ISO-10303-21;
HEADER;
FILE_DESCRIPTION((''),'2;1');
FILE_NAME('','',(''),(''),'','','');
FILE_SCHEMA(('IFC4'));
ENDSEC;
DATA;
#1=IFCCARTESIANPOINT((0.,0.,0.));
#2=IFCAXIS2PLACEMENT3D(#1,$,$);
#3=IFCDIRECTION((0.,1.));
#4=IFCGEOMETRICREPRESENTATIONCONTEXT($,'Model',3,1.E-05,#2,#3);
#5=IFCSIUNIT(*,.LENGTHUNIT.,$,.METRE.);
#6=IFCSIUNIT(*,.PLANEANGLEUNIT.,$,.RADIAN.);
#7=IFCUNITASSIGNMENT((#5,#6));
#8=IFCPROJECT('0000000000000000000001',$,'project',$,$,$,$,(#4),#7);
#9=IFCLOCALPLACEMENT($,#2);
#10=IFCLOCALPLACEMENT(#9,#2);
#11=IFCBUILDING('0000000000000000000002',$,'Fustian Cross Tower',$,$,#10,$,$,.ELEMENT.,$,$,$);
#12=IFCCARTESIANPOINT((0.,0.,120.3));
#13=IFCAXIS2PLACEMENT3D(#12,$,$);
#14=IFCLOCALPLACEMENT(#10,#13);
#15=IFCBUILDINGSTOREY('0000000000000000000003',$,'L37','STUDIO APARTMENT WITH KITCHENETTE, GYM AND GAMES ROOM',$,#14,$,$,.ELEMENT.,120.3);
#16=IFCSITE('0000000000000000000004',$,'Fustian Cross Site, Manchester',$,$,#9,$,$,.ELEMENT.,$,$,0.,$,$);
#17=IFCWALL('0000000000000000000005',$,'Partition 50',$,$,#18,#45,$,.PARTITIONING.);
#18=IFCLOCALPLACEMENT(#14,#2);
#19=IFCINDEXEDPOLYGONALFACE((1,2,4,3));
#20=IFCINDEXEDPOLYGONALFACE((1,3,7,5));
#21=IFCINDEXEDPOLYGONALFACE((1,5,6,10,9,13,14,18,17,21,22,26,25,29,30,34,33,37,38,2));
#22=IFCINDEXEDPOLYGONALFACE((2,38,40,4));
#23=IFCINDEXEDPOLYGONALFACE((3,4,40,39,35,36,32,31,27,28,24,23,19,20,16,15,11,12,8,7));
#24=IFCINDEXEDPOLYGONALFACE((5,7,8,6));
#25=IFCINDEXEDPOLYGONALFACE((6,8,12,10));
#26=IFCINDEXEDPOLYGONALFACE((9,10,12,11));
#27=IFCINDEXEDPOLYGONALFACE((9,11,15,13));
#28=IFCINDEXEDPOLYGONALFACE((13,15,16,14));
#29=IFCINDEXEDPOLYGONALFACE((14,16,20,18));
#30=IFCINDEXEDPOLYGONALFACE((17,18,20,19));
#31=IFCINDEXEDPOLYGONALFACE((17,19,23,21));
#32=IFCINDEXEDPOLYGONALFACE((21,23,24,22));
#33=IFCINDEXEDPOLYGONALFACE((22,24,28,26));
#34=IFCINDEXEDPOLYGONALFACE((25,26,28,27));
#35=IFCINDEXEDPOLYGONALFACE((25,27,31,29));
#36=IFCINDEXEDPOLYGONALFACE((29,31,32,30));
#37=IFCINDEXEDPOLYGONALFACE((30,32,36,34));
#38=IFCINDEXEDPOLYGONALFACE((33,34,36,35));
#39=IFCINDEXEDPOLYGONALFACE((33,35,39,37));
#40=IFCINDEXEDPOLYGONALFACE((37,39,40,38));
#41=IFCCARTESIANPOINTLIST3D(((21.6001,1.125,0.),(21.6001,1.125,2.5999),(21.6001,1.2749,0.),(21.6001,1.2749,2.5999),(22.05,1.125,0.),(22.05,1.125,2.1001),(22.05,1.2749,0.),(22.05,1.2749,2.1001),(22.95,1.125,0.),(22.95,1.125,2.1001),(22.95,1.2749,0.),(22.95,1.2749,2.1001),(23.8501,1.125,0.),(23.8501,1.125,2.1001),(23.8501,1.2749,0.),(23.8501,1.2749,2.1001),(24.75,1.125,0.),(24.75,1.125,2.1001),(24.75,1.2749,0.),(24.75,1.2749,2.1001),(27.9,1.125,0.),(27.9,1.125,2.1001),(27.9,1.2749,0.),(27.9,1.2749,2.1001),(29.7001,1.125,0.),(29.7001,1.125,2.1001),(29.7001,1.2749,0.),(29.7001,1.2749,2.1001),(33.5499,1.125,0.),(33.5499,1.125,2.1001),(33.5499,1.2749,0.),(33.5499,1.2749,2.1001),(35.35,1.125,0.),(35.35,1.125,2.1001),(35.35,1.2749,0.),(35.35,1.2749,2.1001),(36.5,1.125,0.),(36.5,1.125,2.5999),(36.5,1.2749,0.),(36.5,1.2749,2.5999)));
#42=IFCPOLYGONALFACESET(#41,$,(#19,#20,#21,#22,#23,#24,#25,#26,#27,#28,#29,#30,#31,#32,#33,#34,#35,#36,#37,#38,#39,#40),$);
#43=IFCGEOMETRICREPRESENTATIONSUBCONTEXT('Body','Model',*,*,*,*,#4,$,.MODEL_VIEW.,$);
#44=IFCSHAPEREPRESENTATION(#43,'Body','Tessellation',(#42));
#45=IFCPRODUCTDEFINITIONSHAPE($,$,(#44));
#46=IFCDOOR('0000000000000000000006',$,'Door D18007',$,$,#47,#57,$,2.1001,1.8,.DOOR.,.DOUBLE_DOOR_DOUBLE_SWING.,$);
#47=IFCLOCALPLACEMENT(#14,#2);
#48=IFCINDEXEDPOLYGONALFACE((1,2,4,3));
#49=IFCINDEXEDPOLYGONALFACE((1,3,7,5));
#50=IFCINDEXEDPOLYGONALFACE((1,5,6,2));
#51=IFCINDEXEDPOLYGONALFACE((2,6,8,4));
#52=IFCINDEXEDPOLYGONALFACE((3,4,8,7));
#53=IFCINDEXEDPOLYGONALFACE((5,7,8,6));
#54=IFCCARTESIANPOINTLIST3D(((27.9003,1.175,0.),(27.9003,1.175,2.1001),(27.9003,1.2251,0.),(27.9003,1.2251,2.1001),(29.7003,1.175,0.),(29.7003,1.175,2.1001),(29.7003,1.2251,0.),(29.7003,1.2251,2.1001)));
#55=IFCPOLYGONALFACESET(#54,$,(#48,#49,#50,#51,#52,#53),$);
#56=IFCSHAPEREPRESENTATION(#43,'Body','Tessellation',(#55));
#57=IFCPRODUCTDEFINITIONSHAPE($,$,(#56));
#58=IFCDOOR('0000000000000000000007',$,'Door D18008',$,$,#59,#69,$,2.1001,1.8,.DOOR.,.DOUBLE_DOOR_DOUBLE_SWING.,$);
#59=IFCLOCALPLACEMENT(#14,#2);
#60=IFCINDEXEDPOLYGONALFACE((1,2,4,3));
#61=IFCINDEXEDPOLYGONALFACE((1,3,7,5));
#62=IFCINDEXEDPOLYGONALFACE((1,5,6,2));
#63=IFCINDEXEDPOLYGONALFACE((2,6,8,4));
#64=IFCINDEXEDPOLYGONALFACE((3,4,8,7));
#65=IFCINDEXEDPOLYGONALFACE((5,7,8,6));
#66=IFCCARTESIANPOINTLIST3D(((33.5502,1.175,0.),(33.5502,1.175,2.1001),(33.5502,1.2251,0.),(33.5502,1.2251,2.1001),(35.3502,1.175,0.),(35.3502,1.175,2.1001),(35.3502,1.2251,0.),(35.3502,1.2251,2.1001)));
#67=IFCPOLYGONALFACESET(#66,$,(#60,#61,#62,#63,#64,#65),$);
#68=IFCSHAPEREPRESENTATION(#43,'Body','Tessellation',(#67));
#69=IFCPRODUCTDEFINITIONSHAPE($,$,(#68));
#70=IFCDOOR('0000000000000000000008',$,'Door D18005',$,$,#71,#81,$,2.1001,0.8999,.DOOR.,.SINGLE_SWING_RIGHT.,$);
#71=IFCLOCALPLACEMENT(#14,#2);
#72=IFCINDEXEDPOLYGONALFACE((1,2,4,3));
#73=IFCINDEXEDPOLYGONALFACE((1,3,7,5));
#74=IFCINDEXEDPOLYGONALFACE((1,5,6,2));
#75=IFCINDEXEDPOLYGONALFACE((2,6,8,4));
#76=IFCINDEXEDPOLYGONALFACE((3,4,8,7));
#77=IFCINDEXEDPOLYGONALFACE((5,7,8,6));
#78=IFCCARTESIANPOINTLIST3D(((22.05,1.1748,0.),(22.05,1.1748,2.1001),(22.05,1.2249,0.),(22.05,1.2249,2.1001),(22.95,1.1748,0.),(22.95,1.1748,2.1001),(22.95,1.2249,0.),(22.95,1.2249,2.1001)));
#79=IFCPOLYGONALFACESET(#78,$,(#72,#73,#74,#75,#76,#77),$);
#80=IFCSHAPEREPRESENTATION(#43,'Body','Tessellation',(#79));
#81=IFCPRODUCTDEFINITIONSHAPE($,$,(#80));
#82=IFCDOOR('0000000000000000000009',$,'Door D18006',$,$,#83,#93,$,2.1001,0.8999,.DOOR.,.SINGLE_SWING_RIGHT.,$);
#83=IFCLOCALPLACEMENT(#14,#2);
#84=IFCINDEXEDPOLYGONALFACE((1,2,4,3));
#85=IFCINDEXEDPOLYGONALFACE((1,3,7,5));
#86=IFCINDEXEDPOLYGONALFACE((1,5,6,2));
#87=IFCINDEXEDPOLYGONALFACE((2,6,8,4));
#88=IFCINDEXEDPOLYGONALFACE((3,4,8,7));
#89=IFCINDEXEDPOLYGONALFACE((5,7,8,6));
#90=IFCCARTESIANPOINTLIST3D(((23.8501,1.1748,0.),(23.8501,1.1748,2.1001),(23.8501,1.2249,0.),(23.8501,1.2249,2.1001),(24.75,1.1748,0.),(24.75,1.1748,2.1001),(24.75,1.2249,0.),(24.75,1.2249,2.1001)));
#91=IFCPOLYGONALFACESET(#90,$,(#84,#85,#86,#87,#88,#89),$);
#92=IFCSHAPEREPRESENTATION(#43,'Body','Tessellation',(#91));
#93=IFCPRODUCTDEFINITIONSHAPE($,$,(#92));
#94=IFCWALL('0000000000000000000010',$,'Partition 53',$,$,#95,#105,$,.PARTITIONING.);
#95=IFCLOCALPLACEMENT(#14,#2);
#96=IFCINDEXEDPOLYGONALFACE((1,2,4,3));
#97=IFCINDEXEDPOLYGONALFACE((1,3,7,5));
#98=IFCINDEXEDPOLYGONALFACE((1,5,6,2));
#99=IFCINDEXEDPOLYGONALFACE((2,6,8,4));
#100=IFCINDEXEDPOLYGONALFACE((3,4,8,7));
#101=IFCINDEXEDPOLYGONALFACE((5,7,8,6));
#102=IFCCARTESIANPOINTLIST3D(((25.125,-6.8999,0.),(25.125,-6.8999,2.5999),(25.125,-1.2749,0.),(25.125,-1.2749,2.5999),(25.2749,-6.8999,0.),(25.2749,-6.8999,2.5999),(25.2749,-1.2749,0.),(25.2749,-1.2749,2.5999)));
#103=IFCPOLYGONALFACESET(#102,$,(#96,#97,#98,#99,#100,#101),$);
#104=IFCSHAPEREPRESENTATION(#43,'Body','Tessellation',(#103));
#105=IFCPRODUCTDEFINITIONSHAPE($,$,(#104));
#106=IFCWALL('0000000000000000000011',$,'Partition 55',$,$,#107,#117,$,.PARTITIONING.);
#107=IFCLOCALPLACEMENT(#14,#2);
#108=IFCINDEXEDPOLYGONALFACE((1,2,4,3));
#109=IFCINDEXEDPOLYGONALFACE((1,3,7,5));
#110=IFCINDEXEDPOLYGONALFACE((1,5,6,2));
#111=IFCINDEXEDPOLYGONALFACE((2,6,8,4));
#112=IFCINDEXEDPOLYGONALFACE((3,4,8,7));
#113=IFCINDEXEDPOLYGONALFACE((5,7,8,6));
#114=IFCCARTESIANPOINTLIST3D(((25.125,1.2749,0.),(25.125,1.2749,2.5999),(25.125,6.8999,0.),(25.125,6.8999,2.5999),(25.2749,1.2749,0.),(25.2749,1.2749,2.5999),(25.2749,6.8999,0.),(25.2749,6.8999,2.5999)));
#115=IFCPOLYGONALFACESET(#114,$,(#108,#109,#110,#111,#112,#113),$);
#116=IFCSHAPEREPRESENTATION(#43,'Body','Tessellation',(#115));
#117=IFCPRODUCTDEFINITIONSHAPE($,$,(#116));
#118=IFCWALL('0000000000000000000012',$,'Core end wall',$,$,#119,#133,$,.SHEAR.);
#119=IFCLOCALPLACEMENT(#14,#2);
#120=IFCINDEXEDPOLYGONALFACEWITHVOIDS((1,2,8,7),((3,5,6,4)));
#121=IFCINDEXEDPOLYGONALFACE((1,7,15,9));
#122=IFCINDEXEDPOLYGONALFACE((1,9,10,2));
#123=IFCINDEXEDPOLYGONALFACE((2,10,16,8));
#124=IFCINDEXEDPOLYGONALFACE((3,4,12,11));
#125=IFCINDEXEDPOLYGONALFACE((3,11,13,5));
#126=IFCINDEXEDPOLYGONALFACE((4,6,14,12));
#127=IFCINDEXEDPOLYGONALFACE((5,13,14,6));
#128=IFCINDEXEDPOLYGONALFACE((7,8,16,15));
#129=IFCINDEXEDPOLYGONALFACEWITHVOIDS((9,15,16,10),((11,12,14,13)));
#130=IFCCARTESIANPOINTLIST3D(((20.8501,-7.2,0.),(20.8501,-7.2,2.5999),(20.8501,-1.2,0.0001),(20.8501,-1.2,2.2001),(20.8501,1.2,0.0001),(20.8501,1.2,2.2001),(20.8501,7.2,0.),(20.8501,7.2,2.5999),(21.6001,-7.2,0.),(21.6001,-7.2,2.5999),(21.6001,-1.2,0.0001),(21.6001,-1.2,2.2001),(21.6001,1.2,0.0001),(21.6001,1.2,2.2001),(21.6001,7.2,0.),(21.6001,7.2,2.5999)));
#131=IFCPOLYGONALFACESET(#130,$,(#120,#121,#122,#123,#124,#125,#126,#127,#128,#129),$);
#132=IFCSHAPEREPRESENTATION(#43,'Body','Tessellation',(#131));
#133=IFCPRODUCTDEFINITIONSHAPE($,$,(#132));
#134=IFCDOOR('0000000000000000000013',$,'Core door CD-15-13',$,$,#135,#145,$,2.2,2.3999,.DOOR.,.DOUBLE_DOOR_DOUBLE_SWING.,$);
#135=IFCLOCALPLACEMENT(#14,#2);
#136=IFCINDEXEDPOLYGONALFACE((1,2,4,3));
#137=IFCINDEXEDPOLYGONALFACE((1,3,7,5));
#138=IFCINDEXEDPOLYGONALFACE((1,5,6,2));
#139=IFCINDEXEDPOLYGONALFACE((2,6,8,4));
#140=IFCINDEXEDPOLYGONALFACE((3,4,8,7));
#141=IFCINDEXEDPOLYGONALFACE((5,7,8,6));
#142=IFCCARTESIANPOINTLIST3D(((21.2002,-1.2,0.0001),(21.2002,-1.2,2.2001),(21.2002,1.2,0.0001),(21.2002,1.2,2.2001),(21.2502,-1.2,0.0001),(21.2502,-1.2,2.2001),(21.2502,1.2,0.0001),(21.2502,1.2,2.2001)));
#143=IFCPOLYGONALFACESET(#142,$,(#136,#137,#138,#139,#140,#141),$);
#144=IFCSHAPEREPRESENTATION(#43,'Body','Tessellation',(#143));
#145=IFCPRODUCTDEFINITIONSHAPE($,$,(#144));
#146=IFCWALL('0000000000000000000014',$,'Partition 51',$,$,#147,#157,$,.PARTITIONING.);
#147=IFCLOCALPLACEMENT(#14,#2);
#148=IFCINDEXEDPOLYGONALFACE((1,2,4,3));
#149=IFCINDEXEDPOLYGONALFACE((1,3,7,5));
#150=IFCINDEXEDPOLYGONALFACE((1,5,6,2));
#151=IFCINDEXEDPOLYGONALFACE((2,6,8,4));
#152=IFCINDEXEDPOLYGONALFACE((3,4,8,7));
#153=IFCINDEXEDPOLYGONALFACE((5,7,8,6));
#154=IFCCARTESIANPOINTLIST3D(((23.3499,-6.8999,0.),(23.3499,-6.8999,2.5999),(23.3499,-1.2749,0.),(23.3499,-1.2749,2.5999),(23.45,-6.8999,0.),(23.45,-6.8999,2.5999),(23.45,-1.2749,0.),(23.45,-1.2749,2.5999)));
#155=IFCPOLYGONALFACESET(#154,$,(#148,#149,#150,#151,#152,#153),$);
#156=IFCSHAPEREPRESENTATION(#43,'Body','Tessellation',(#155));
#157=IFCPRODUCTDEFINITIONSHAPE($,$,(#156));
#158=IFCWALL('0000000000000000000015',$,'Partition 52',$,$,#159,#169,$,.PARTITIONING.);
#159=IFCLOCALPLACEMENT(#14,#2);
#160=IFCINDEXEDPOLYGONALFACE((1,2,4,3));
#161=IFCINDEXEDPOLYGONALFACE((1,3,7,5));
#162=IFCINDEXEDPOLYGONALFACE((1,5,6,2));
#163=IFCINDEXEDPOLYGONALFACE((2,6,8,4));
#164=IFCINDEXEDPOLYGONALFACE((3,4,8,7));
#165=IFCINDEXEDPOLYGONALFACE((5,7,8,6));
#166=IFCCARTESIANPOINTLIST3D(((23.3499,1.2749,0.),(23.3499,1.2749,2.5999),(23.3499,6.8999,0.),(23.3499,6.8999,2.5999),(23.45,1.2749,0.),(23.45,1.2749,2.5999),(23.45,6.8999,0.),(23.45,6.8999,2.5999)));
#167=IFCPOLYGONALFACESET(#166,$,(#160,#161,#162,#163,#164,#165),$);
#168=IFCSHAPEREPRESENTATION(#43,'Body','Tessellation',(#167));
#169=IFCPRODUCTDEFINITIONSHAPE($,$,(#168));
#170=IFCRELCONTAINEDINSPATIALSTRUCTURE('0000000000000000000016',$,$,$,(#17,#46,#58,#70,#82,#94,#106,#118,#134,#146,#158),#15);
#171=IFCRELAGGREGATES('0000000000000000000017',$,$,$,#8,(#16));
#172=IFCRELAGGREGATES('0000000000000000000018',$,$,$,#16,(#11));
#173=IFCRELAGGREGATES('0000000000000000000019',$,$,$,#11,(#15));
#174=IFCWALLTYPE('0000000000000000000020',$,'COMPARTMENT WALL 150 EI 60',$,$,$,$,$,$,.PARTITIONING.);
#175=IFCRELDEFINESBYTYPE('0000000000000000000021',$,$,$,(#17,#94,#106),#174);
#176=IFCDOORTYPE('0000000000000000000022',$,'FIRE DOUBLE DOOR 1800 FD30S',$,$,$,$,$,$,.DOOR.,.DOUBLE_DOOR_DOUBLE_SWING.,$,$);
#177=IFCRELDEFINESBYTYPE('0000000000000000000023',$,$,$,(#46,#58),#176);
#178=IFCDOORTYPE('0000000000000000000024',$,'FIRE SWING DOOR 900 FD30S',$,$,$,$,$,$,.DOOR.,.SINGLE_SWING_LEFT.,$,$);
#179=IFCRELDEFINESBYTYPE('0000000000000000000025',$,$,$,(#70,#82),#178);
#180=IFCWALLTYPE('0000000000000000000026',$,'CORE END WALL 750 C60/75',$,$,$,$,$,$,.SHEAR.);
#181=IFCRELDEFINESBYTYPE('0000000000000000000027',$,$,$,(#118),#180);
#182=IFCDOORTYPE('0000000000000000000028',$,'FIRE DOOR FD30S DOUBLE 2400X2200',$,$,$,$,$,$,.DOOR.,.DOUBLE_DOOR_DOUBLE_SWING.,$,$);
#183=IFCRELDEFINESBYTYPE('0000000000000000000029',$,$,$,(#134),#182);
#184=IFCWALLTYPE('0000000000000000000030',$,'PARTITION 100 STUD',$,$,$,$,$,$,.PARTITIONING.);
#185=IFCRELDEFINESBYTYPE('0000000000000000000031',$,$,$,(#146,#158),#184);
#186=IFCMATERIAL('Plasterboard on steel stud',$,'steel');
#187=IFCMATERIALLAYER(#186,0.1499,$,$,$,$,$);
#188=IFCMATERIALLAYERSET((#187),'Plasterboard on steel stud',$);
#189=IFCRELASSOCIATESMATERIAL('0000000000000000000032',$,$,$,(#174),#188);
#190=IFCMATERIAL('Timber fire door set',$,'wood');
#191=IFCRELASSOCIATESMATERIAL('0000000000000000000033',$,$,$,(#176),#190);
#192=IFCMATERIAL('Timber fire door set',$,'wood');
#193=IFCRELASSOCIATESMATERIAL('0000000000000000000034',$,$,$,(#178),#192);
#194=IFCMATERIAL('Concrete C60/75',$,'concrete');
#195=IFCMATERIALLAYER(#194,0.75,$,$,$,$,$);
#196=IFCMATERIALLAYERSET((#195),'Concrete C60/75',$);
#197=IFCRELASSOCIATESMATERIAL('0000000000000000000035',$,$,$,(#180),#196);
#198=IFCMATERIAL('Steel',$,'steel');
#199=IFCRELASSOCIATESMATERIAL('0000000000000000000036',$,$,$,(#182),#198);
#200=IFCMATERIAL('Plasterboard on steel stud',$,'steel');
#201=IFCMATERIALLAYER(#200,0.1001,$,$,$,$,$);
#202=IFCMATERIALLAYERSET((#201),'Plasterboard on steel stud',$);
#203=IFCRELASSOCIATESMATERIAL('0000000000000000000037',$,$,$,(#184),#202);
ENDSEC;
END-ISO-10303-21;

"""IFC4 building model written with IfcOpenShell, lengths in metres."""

from ifc_helpers import new_model, si_unit, direction, frame, frame_2d, origin, place, context, subcontext, project, spatial, rectangle, extrude, material, layer, layer_set, type_object, element, fill, save


model = new_model("IFC4")

# Units and contexts
model_context = context("Model", 3, precision=1e-05, world=origin(), true_north=direction((0.0, 1.0)))
body_context = subcontext(model_context, "Body", "Model", "MODEL_VIEW")
ifc_project = project(units=[si_unit("LENGTHUNIT", "METRE"), si_unit("PLANEANGLEUNIT", "RADIAN")], contexts=[model_context])

# Site, building, storey
site_placement = place(None, origin())
site = spatial("IfcSite", under=ifc_project, at=site_placement, Name="Fustian Cross Site, Manchester", CompositionType="ELEMENT", RefElevation=0.0)
building_placement = place(site_placement, origin())
building = spatial("IfcBuilding", under=site, at=building_placement, Name="Fustian Cross Tower", CompositionType="ELEMENT")
storey_placement = place(building_placement, frame((0.0, 0.0, 120.3)))
storey = spatial("IfcBuildingStorey", under=building, at=storey_placement, Name="L37", Description="STUDIO APARTMENT WITH KITCHENETTE, GYM AND GAMES ROOM", CompositionType="ELEMENT", Elevation=120.3)

# Wall, openings, doors
ifc_material_1 = material(Name="Plasterboard on steel stud", Category="steel")
ifc_layer_1 = layer(ifc_material_1, 0.1499)
ifc_layer_set_1 = layer_set([ifc_layer_1], Name="Plasterboard on steel stud")
wall_type_1 = type_object("IfcWallType", Name="COMPARTMENT WALL 150 EI 60", PredefinedType="PARTITIONING", material=ifc_layer_set_1)
ifc_material_2 = material(Name="Timber fire door set", Category="wood")
door_type_1 = type_object("IfcDoorType", Name="FIRE DOUBLE DOOR 1800 FD30S", OperationType="DOUBLE_DOOR_DOUBLE_SWING", PredefinedType="DOOR", material=ifc_material_2)
ifc_material_3 = material(Name="Timber fire door set", Category="wood")
door_type_2 = type_object("IfcDoorType", Name="FIRE SWING DOOR 900 FD30S", OperationType="SINGLE_SWING_LEFT", PredefinedType="DOOR", material=ifc_material_3)
wall_1_placement = place(storey_placement, frame((21.6001, 1.2, 0.0), z_axis=(0.0, 0.0, 1.0), x_axis=(1.0, 0.0, 0.0)))
wall_1 = element("IfcWall", 1, at=wall_1_placement, inside=storey, type_object=wall_type_1, Name="Partition 50", PredefinedType="PARTITIONING", context=body_context, shape_type="SweptSolid", body=[
    extrude(rectangle(XDim=14.8999, YDim=0.1499, at=frame_2d((7.45, 0.0))), origin(), (0.0, 0.0, 1.0), 2.5999),
])
opening_1_placement = place(wall_1_placement, frame((0.45, 0.0, 0.0)))
opening_1 = element("IfcOpeningElement", 2, at=opening_1_placement, cuts=wall_1, PredefinedType="OPENING", context=body_context, shape_type="SweptSolid", body=[
    extrude(rectangle(XDim=0.8999, YDim=2.1001, at=frame_2d((0.45, 1.05))), frame((0.0, 0.085, 0.0), z_axis=(0.0, -1.0, 0.0), x_axis=(1.0, 0.0, 0.0)), (0.0, 0.0, 1.0), 0.1699),
])
opening_2_placement = place(wall_1_placement, frame((2.25, 0.0, 0.0)))
opening_2 = element("IfcOpeningElement", 3, at=opening_2_placement, cuts=wall_1, PredefinedType="OPENING", context=body_context, shape_type="SweptSolid", body=[
    extrude(rectangle(XDim=0.8999, YDim=2.1001, at=frame_2d((0.45, 1.05))), frame((0.0, 0.085, 0.0), z_axis=(0.0, -1.0, 0.0), x_axis=(1.0, 0.0, 0.0)), (0.0, 0.0, 1.0), 0.1699),
])
opening_3_placement = place(wall_1_placement, frame((6.3, 0.0, 0.0)))
opening_3 = element("IfcOpeningElement", 4, at=opening_3_placement, cuts=wall_1, PredefinedType="OPENING", context=body_context, shape_type="SweptSolid", body=[
    extrude(rectangle(XDim=1.8, YDim=2.1001, at=frame_2d((0.8999, 1.05))), frame((0.0, 0.085, 0.0), z_axis=(0.0, -1.0, 0.0), x_axis=(1.0, 0.0, 0.0)), (0.0, 0.0, 1.0), 0.1699),
])
opening_4_placement = place(wall_1_placement, frame((11.95, 0.0, 0.0)))
opening_4 = element("IfcOpeningElement", 5, at=opening_4_placement, cuts=wall_1, PredefinedType="OPENING", context=body_context, shape_type="SweptSolid", body=[
    extrude(rectangle(XDim=1.8, YDim=2.1001, at=frame_2d((0.8999, 1.05))), frame((0.0, 0.085, 0.0), z_axis=(0.0, -1.0, 0.0), x_axis=(1.0, 0.0, 0.0)), (0.0, 0.0, 1.0), 0.1699),
])
door_1_placement = place(opening_3_placement, frame((1.8, 0.0, 0.0), z_axis=(0.0, 0.0, 1.0), x_axis=(-1.0, 0.0, 0.0)))
door_1 = element("IfcDoor", 6, at=door_1_placement, inside=storey, type_object=door_type_1, Name="Door D18007", OperationType="DOUBLE_DOOR_DOUBLE_SWING", OverallHeight=2.1001, OverallWidth=1.8, PredefinedType="DOOR", context=body_context, shape_type="SweptSolid", body=[
    extrude(rectangle(XDim=1.8, YDim=2.1001, at=frame_2d((0.8999, 1.05))), frame((0.0, 0.0249, 0.0), z_axis=(0.0, -1.0, 0.0), x_axis=(1.0, 0.0, 0.0)), (0.0, 0.0, 1.0), 0.05),
])
fill(opening_3, door_1)
door_2_placement = place(opening_4_placement, frame((1.8, 0.0, 0.0), z_axis=(0.0, 0.0, 1.0), x_axis=(-1.0, 0.0, 0.0)))
door_2 = element("IfcDoor", 7, at=door_2_placement, inside=storey, type_object=door_type_1, Name="Door D18008", OperationType="DOUBLE_DOOR_DOUBLE_SWING", OverallHeight=2.1001, OverallWidth=1.8, PredefinedType="DOOR", context=body_context, shape_type="SweptSolid", body=[
    extrude(rectangle(XDim=1.8, YDim=2.1001, at=frame_2d((0.8999, 1.05))), frame((0.0, 0.0249, 0.0), z_axis=(0.0, -1.0, 0.0), x_axis=(1.0, 0.0, 0.0)), (0.0, 0.0, 1.0), 0.05),
])
fill(opening_4, door_2)
door_3_placement = place(opening_1_placement, origin())
door_3 = element("IfcDoor", 8, at=door_3_placement, inside=storey, type_object=door_type_2, Name="Door D18005", OperationType="SINGLE_SWING_RIGHT", OverallHeight=2.1001, OverallWidth=0.8999, PredefinedType="DOOR", context=body_context, shape_type="SweptSolid", body=[
    extrude(rectangle(XDim=0.8999, YDim=2.1001, at=frame_2d((0.45, 1.05))), frame((0.0, 0.0249, 0.0), z_axis=(0.0, -1.0, 0.0), x_axis=(1.0, 0.0, 0.0)), (0.0, 0.0, 1.0), 0.05),
])
fill(opening_1, door_3)
door_4_placement = place(opening_2_placement, origin())
door_4 = element("IfcDoor", 9, at=door_4_placement, inside=storey, type_object=door_type_2, Name="Door D18006", OperationType="SINGLE_SWING_RIGHT", OverallHeight=2.1001, OverallWidth=0.8999, PredefinedType="DOOR", context=body_context, shape_type="SweptSolid", body=[
    extrude(rectangle(XDim=0.8999, YDim=2.1001, at=frame_2d((0.45, 1.05))), frame((0.0, 0.0249, 0.0), z_axis=(0.0, -1.0, 0.0), x_axis=(1.0, 0.0, 0.0)), (0.0, 0.0, 1.0), 0.05),
])
fill(opening_2, door_4)

# Walls
for number, where, z_axis, x_axis, name in (
    (10, (25.2, -6.8999, 0.0), (0.0, 0.0, 1.0), (0.0, 1.0, 0.0), "Partition 53"),
    (11, (25.2, 1.2749, 0.0), (0.0, 0.0, 1.0), (0.0, 1.0, 0.0), "Partition 55"),
):
    element("IfcWall", number, at=place(storey_placement, frame(where, z_axis=z_axis, x_axis=x_axis)), inside=storey, type_object=wall_type_1, Name=name, PredefinedType="PARTITIONING", context=body_context, shape_type="SweptSolid", body=[
        extrude(rectangle(XDim=5.625, YDim=0.1499, at=frame_2d((2.8125, 0.0))), origin(), (0.0, 0.0, 1.0), 2.5999),
    ])

# Wall, opening, door
ifc_material_4 = material(Name="Concrete C60/75", Category="concrete")
ifc_layer_2 = layer(ifc_material_4, 0.75)
ifc_layer_set_2 = layer_set([ifc_layer_2], Name="Concrete C60/75")
wall_type_2 = type_object("IfcWallType", Name="CORE END WALL 750 C60/75", PredefinedType="SHEAR", material=ifc_layer_set_2)
wall_2_placement = place(storey_placement, frame((21.2251, -7.2, 0.0), z_axis=(0.0, 0.0, 1.0), x_axis=(0.0, 1.0, 0.0)))
wall_2 = element("IfcWall", 12, at=wall_2_placement, inside=storey, type_object=wall_type_2, Name="Core end wall", PredefinedType="SHEAR", context=body_context, shape_type="SweptSolid", body=[
    extrude(rectangle(XDim=14.3999, YDim=0.75, at=frame_2d((7.2, 0.0))), origin(), (0.0, 0.0, 1.0), 2.5999),
])
opening_5_placement = place(wall_2_placement, frame((6.0, 0.0, 0.0)))
opening_5 = element("IfcOpeningElement", 13, at=opening_5_placement, cuts=wall_2, PredefinedType="OPENING", context=body_context, shape_type="SweptSolid", body=[
    extrude(rectangle(XDim=2.3999, YDim=2.2, at=frame_2d((1.2, 1.1001))), frame((0.0, 0.385, 0.0), z_axis=(0.0, -1.0, 0.0), x_axis=(1.0, 0.0, 0.0)), (0.0, 0.0, 1.0), 0.77),
])
ifc_material_5 = material(Name="Steel", Category="steel")
door_type_3 = type_object("IfcDoorType", Name="FIRE DOOR FD30S DOUBLE 2400X2200", OperationType="DOUBLE_DOOR_DOUBLE_SWING", PredefinedType="DOOR", material=ifc_material_5)
door_5_placement = place(opening_5_placement, origin())
door_5 = element("IfcDoor", 14, at=door_5_placement, inside=storey, type_object=door_type_3, Name="Core door CD-15-13", OperationType="DOUBLE_DOOR_DOUBLE_SWING", OverallHeight=2.2, OverallWidth=2.3999, PredefinedType="DOOR", context=body_context, shape_type="SweptSolid", body=[
    extrude(rectangle(XDim=2.3999, YDim=2.2, at=frame_2d((1.2, 1.1001))), frame((0.0, 0.0249, 0.0), z_axis=(0.0, -1.0, 0.0), x_axis=(1.0, 0.0, 0.0)), (0.0, 0.0, 1.0), 0.05),
])
fill(opening_5, door_5)

# Walls
ifc_material_6 = material(Name="Plasterboard on steel stud", Category="steel")
ifc_layer_3 = layer(ifc_material_6, 0.1001)
ifc_layer_set_3 = layer_set([ifc_layer_3], Name="Plasterboard on steel stud")
wall_type_3 = type_object("IfcWallType", Name="PARTITION 100 STUD", PredefinedType="PARTITIONING", material=ifc_layer_set_3)
for number, where, z_axis, x_axis, name in (
    (15, (23.3999, -6.8999, 0.0), (0.0, 0.0, 1.0), (0.0, 1.0, 0.0), "Partition 51"),
    (16, (23.3999, 1.2749, 0.0), (0.0, 0.0, 1.0), (0.0, 1.0, 0.0), "Partition 52"),
):
    element("IfcWall", number, at=place(storey_placement, frame(where, z_axis=z_axis, x_axis=x_axis)), inside=storey, type_object=wall_type_3, Name=name, PredefinedType="PARTITIONING", context=body_context, shape_type="SweptSolid", body=[
        extrude(rectangle(XDim=5.625, YDim=0.1001, at=frame_2d((2.8125, 0.0))), origin(), (0.0, 0.0, 1.0), 2.5999),
    ])

save(model, "model.ifc")
